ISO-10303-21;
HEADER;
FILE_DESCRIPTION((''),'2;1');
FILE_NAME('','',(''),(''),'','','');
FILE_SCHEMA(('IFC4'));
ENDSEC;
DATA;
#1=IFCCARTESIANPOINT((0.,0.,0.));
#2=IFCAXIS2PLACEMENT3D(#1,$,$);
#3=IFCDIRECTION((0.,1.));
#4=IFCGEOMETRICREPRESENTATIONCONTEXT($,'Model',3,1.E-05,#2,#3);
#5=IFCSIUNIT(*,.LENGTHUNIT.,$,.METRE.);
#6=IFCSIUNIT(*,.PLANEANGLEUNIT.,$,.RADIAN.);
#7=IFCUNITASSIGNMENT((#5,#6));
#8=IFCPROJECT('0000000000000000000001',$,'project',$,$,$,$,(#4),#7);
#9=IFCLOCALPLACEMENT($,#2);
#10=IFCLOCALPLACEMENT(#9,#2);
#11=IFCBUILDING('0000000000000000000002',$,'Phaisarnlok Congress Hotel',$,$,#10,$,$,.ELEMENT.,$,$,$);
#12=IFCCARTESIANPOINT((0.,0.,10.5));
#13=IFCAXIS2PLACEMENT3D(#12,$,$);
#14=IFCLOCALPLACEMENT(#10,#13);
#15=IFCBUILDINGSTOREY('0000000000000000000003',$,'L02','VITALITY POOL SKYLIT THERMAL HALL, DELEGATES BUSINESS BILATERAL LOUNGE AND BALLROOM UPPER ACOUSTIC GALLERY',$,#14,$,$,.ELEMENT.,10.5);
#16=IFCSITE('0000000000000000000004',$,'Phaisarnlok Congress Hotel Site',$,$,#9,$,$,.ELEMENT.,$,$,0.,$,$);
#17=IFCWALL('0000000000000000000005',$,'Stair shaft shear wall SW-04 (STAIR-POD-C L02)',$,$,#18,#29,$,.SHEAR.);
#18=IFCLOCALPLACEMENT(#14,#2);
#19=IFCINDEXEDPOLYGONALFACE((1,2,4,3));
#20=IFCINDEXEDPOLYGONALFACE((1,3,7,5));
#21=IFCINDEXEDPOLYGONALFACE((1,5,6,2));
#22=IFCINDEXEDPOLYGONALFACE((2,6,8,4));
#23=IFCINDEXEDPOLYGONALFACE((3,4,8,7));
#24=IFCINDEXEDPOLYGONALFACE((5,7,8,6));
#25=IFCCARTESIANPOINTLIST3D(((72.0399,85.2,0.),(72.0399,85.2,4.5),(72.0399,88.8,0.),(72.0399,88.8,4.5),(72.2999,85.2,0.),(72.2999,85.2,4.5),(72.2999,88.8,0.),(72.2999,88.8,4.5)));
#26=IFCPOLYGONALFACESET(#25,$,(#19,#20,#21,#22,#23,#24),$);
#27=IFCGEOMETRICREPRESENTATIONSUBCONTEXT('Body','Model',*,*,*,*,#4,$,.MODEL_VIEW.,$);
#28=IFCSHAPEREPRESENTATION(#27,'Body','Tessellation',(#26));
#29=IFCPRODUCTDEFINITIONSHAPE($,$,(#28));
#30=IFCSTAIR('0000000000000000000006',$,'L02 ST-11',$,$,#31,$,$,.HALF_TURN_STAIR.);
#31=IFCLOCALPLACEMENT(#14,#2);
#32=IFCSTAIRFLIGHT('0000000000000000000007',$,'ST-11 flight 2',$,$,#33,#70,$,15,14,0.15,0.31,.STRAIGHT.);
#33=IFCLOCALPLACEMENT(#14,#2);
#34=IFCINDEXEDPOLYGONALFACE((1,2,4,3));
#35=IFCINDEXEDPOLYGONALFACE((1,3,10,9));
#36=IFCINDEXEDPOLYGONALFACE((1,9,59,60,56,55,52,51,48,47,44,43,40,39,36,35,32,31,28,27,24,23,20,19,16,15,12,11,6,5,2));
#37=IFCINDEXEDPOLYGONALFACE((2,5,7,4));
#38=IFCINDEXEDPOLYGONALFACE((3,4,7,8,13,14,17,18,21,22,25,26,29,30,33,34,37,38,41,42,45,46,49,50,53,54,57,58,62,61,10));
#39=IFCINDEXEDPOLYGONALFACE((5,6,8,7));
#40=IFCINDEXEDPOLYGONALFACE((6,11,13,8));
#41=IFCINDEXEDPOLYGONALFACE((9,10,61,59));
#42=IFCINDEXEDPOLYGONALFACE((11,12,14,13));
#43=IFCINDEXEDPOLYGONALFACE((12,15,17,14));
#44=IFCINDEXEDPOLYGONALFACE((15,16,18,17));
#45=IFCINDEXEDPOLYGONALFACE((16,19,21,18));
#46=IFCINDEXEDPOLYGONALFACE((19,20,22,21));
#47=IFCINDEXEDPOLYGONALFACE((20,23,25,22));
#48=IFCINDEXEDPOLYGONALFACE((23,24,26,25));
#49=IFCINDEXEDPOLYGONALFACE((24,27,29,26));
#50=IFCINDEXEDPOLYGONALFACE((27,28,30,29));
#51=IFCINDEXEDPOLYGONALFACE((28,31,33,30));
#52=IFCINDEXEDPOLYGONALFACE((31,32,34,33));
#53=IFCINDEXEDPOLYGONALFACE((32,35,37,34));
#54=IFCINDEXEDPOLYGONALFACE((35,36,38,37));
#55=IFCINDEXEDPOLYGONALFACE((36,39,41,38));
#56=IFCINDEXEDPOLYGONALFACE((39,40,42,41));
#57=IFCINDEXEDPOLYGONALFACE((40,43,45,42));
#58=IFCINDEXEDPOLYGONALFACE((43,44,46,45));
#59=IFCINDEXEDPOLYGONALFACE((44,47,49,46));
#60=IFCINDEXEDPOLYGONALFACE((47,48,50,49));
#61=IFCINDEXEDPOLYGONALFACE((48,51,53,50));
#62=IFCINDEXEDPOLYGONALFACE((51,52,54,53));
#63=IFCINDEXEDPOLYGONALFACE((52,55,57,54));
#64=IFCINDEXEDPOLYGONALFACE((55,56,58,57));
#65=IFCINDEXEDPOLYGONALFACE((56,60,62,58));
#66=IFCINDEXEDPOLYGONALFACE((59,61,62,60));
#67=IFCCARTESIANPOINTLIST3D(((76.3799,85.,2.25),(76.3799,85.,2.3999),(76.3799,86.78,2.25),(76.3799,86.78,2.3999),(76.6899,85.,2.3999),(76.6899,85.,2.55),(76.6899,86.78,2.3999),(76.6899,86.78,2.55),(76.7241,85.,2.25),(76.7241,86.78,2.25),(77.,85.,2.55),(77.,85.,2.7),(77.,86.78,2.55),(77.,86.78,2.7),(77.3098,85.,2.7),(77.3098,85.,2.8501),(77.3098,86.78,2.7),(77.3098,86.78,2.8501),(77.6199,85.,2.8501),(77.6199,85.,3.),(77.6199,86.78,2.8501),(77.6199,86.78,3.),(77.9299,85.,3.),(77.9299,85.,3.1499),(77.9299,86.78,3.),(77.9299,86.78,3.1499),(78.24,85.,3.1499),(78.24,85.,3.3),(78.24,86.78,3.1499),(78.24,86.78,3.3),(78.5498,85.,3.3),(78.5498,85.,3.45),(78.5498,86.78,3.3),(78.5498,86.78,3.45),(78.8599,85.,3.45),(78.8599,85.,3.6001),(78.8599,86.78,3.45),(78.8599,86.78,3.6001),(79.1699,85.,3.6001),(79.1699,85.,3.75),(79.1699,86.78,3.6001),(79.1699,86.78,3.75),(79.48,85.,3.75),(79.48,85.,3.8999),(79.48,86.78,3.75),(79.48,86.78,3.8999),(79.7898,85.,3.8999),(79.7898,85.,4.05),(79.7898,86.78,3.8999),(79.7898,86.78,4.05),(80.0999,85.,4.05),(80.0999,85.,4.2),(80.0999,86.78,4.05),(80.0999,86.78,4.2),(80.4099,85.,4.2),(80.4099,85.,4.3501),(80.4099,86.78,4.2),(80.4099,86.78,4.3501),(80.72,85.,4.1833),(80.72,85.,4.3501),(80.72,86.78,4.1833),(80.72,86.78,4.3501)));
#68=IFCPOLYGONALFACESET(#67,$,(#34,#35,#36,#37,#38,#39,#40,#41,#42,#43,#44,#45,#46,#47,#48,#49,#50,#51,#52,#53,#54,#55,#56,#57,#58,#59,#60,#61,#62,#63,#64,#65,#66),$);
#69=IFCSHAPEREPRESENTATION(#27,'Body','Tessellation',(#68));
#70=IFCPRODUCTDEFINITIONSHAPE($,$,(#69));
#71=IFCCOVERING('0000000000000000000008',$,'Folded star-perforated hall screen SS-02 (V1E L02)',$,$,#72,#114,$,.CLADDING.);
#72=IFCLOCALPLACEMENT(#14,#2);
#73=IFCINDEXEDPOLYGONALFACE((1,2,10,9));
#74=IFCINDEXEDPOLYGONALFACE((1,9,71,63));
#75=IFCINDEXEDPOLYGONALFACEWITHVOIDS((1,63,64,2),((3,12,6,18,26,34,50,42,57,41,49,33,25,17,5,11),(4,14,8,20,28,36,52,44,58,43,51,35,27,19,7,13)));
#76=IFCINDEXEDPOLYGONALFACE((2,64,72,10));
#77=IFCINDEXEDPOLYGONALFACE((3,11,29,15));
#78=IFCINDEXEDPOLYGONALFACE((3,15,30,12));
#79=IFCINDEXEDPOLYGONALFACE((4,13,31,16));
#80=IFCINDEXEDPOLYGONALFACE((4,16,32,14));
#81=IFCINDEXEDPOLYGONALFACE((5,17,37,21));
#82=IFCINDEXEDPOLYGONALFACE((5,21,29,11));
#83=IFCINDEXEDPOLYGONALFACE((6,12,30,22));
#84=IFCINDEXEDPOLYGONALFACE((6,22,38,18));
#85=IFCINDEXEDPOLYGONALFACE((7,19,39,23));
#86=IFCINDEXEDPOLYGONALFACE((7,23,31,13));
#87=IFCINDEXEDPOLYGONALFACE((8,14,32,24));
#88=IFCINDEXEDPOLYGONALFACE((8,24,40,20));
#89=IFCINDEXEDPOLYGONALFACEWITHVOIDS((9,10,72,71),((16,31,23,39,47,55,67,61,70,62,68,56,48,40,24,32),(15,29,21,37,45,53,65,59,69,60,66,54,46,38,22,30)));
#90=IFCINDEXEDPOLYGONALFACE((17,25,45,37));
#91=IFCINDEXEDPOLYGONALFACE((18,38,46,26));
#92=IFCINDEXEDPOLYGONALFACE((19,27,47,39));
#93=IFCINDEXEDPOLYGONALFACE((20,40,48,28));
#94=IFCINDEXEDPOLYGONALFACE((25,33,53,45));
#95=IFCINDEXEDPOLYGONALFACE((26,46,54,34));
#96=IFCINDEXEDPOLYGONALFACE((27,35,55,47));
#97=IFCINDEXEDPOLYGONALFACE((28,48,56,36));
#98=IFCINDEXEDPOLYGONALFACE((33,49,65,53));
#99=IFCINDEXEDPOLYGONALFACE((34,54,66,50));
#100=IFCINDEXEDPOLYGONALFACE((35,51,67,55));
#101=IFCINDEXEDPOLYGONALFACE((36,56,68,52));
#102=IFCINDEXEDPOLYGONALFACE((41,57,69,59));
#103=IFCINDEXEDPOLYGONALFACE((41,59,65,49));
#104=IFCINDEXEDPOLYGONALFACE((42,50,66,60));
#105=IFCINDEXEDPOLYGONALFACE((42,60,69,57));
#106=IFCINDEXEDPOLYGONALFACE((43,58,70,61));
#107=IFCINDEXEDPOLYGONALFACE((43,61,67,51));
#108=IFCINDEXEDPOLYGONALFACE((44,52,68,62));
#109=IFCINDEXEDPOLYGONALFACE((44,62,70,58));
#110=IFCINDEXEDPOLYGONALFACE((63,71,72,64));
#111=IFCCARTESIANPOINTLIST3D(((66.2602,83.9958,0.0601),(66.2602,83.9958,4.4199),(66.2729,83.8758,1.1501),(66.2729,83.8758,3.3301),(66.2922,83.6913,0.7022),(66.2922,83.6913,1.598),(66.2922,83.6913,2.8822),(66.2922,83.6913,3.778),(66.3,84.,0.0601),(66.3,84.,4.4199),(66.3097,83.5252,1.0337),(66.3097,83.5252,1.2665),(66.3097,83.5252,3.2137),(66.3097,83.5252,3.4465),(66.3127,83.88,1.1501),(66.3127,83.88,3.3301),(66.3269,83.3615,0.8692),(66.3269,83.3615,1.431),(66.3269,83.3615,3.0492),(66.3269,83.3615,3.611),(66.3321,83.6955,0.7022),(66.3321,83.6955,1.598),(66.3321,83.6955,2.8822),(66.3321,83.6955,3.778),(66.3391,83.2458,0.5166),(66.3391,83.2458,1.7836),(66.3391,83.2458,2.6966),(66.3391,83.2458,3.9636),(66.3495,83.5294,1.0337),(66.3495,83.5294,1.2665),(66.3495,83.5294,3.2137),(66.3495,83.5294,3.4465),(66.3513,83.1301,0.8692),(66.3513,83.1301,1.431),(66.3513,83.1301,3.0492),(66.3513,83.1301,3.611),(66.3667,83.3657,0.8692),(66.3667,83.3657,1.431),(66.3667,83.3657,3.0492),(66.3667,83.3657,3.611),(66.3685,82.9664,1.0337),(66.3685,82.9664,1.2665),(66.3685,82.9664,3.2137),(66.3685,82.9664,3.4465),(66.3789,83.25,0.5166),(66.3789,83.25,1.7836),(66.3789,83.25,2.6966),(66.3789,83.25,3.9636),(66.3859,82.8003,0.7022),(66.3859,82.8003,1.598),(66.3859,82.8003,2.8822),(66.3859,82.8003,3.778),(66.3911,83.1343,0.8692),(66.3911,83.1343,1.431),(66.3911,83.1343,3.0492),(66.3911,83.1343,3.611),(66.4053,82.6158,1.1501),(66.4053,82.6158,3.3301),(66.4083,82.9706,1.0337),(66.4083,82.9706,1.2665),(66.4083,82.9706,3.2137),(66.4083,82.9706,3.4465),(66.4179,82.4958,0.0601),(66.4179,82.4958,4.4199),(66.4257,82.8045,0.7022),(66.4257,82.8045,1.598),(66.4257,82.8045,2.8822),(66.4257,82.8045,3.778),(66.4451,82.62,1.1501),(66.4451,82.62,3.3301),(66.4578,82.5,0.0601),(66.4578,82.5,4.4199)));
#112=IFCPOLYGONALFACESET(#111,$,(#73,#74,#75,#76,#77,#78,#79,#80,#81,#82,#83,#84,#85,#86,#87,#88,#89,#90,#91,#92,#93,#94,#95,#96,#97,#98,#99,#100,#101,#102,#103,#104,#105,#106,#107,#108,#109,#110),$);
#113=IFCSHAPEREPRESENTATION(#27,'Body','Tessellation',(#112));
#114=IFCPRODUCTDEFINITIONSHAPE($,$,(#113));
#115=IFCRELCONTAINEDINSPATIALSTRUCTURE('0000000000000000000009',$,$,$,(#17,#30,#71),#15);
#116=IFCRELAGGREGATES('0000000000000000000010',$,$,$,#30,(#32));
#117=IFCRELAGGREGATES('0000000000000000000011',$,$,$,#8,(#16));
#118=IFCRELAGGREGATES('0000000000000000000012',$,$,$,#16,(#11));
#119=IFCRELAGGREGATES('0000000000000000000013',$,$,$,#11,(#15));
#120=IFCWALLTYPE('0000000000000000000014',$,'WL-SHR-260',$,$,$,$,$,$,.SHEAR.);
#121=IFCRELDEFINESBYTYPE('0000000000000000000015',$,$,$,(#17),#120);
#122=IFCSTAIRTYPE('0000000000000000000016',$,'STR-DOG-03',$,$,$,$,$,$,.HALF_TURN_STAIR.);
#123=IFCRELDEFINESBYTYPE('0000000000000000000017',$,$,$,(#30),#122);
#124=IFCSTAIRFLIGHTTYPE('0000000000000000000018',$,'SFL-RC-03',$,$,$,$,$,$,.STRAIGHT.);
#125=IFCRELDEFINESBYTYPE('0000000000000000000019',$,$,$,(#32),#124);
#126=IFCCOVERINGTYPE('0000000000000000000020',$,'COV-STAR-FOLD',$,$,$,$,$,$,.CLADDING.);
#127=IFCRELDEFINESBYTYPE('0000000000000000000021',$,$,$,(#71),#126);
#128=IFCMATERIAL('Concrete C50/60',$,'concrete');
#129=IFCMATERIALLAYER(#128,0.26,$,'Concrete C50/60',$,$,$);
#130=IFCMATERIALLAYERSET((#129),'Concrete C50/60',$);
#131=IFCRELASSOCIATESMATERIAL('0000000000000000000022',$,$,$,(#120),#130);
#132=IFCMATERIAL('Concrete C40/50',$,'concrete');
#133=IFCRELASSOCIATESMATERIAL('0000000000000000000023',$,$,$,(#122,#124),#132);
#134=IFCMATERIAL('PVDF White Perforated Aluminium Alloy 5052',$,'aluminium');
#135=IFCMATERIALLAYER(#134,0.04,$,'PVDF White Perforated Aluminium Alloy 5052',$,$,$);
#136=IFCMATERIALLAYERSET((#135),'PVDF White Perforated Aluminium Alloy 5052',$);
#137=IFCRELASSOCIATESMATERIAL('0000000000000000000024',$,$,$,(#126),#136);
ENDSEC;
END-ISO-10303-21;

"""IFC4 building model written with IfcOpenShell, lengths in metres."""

from ifc_helpers import new_model, si_unit, direction, frame, frame_2d, origin, place, context, subcontext, project, spatial, polyline, rectangle, outline, extrude, material, layer, layer_set, type_object, element, aggregate, save


model = new_model("IFC4")

# Units and contexts
model_context = context("Model", 3, precision=1e-05, world=origin(), true_north=direction((0.0, 1.0)))
body_context = subcontext(model_context, "Body", "Model", "MODEL_VIEW")
ifc_project = project(units=[si_unit("LENGTHUNIT", "METRE"), si_unit("PLANEANGLEUNIT", "RADIAN")], contexts=[model_context])

# Site, building, storey
site_placement = place(None, origin())
site = spatial("IfcSite", under=ifc_project, at=site_placement, Name="Phaisarnlok Congress Hotel Site", CompositionType="ELEMENT", RefElevation=0.0)
building_placement = place(site_placement, origin())
building = spatial("IfcBuilding", under=site, at=building_placement, Name="Phaisarnlok Congress Hotel", CompositionType="ELEMENT")
storey_placement = place(building_placement, frame((0.0, 0.0, 10.5)))
storey = spatial("IfcBuildingStorey", under=building, at=storey_placement, Name="L02", Description="VITALITY POOL SKYLIT THERMAL HALL, DELEGATES BUSINESS BILATERAL LOUNGE AND BALLROOM UPPER ACOUSTIC GALLERY", CompositionType="ELEMENT", Elevation=10.5)

# Shared definitions
ifc_material_1 = material(Name="Concrete C50/60", Category="concrete")

# Shared definitions
ifc_material_2 = material(Name="Concrete C40/50", Category="concrete")

# Wall
ifc_layer_1 = layer(ifc_material_1, 0.26, Name="Concrete C50/60")
ifc_layer_set_1 = layer_set([ifc_layer_1], Name="Concrete C50/60")
wall_type = type_object("IfcWallType", Name="WL-SHR-260", PredefinedType="SHEAR", material=ifc_layer_set_1)
wall_placement = place(storey_placement, frame((72.1699, 85.2, 0.0), z_axis=(0.0, 0.0, 1.0), x_axis=(0.0, 1.0, 0.0)))
element("IfcWall", 1, at=wall_placement, inside=storey, type_object=wall_type, Name="Stair shaft shear wall SW-04 (STAIR-POD-C L02)", PredefinedType="SHEAR", context=body_context, shape_type="SweptSolid", body=[
    extrude(rectangle(XDim=3.6001, YDim=0.26, at=frame_2d((1.8, 0.0))), origin(), (0.0, 0.0, 1.0), 4.5),
])

# Stair, stair flight
stair_type = type_object("IfcStairType", Name="STR-DOG-03", PredefinedType="HALF_TURN_STAIR", material=ifc_material_2)
stair_placement = place(storey_placement, origin())
stair = element("IfcStair", 2, at=stair_placement, inside=storey, type_object=stair_type, Name="L02 ST-11", PredefinedType="HALF_TURN_STAIR")
stair_flight_type = type_object("IfcStairFlightType", Name="SFL-RC-03", PredefinedType="STRAIGHT", material=ifc_material_2)
stair_flight_placement = place(storey_placement, frame((76.3799, 85.8899, 2.25), z_axis=(0.0, 0.0, 1.0), x_axis=(1.0, 0.0, 0.0)))
stair_flight = element("IfcStairFlight", 3, at=stair_flight_placement, type_object=stair_flight_type, Name="ST-11 flight 2", NumberOfRisers=15, NumberOfTreads=14, PredefinedType="STRAIGHT", RiserHeight=0.15, TreadLength=0.31, context=body_context, shape_type="SweptSolid", body=[
    extrude(outline(polyline([(0.0, 0.0), (0.0, 0.1499), (0.3101, 0.1499), (0.3101, 0.3), (0.6201, 0.3), (0.6201, 0.45), (0.9299, 0.45), (0.9299, 0.6001), (1.24, 0.6001), (1.24, 0.75), (1.55, 0.75), (1.55, 0.8999), (1.8601, 0.8999), (1.8601, 1.05), (2.1699, 1.05), (2.1699, 1.2), (2.48, 1.2), (2.48, 1.3501), (2.79, 1.3501), (2.79, 1.5), (3.1001, 1.5), (3.1001, 1.6499), (3.4099, 1.6499), (3.4099, 1.8), (3.72, 1.8), (3.72, 1.95), (4.03, 1.95), (4.03, 2.1001), (4.3401, 2.1001), (4.3401, 2.25), (4.3401, 1.9333), (0.3442, 0.0), (0.0, 0.0)])), frame((0.0, 0.8901, 0.0), z_axis=(0.0, -1.0, 0.0), x_axis=(1.0, 0.0, 0.0)), (0.0, 0.0, 1.0), 1.78),
])
aggregate(stair, [stair_flight])

# Covering
ifc_material_3 = material(Name="PVDF White Perforated Aluminium Alloy 5052", Category="aluminium")
ifc_layer_2 = layer(ifc_material_3, 0.04, Name="PVDF White Perforated Aluminium Alloy 5052")
ifc_layer_set_2 = layer_set([ifc_layer_2], Name="PVDF White Perforated Aluminium Alloy 5052")
covering_type = type_object("IfcCoveringType", Name="COV-STAR-FOLD", PredefinedType="CLADDING", material=ifc_layer_set_2)
covering_placement = place(storey_placement, frame((66.3, 84.0, 0.0601), z_axis=(-0.994518, -0.104567, 0.0), x_axis=(0.104567, -0.994518, 0.0)))
element("IfcCovering", 4, at=covering_placement, inside=storey, type_object=covering_type, Name="Folded star-perforated hall screen SS-02 (V1E L02)", PredefinedType="CLADDING", context=body_context, shape_type="SweptSolid", body=[
    extrude(outline(polyline([(0.0, 0.0), (1.5083, 0.0), (1.5083, 4.3599), (0.0, 4.3599), (0.0, 0.0)]), holes=[polyline([(1.0351, 0.9736), (1.2021, 0.6421), (0.8705, 0.8091), (0.7541, 0.4565), (0.6378, 0.8091), (0.3062, 0.6421), (0.4732, 0.9736), (0.1207, 1.09), (0.4732, 1.2064), (0.3062, 1.5379), (0.6378, 1.3709), (0.7541, 1.7235), (0.8705, 1.3709), (1.2021, 1.5379), (1.0351, 1.2064), (1.3876, 1.09), (1.0351, 0.9736)]), polyline([(1.0351, 3.1536), (1.2021, 2.8221), (0.8705, 2.9891), (0.7541, 2.6365), (0.6378, 2.9891), (0.3062, 2.8221), (0.4732, 3.1536), (0.1207, 3.27), (0.4732, 3.3864), (0.3062, 3.7179), (0.6378, 3.5509), (0.7541, 3.9035), (0.8705, 3.5509), (1.2021, 3.7179), (1.0351, 3.3864), (1.3876, 3.27), (1.0351, 3.1536)])]), origin(), (0.0, 0.0, 1.0), 0.04),
])

save(model, "model.ifc")
